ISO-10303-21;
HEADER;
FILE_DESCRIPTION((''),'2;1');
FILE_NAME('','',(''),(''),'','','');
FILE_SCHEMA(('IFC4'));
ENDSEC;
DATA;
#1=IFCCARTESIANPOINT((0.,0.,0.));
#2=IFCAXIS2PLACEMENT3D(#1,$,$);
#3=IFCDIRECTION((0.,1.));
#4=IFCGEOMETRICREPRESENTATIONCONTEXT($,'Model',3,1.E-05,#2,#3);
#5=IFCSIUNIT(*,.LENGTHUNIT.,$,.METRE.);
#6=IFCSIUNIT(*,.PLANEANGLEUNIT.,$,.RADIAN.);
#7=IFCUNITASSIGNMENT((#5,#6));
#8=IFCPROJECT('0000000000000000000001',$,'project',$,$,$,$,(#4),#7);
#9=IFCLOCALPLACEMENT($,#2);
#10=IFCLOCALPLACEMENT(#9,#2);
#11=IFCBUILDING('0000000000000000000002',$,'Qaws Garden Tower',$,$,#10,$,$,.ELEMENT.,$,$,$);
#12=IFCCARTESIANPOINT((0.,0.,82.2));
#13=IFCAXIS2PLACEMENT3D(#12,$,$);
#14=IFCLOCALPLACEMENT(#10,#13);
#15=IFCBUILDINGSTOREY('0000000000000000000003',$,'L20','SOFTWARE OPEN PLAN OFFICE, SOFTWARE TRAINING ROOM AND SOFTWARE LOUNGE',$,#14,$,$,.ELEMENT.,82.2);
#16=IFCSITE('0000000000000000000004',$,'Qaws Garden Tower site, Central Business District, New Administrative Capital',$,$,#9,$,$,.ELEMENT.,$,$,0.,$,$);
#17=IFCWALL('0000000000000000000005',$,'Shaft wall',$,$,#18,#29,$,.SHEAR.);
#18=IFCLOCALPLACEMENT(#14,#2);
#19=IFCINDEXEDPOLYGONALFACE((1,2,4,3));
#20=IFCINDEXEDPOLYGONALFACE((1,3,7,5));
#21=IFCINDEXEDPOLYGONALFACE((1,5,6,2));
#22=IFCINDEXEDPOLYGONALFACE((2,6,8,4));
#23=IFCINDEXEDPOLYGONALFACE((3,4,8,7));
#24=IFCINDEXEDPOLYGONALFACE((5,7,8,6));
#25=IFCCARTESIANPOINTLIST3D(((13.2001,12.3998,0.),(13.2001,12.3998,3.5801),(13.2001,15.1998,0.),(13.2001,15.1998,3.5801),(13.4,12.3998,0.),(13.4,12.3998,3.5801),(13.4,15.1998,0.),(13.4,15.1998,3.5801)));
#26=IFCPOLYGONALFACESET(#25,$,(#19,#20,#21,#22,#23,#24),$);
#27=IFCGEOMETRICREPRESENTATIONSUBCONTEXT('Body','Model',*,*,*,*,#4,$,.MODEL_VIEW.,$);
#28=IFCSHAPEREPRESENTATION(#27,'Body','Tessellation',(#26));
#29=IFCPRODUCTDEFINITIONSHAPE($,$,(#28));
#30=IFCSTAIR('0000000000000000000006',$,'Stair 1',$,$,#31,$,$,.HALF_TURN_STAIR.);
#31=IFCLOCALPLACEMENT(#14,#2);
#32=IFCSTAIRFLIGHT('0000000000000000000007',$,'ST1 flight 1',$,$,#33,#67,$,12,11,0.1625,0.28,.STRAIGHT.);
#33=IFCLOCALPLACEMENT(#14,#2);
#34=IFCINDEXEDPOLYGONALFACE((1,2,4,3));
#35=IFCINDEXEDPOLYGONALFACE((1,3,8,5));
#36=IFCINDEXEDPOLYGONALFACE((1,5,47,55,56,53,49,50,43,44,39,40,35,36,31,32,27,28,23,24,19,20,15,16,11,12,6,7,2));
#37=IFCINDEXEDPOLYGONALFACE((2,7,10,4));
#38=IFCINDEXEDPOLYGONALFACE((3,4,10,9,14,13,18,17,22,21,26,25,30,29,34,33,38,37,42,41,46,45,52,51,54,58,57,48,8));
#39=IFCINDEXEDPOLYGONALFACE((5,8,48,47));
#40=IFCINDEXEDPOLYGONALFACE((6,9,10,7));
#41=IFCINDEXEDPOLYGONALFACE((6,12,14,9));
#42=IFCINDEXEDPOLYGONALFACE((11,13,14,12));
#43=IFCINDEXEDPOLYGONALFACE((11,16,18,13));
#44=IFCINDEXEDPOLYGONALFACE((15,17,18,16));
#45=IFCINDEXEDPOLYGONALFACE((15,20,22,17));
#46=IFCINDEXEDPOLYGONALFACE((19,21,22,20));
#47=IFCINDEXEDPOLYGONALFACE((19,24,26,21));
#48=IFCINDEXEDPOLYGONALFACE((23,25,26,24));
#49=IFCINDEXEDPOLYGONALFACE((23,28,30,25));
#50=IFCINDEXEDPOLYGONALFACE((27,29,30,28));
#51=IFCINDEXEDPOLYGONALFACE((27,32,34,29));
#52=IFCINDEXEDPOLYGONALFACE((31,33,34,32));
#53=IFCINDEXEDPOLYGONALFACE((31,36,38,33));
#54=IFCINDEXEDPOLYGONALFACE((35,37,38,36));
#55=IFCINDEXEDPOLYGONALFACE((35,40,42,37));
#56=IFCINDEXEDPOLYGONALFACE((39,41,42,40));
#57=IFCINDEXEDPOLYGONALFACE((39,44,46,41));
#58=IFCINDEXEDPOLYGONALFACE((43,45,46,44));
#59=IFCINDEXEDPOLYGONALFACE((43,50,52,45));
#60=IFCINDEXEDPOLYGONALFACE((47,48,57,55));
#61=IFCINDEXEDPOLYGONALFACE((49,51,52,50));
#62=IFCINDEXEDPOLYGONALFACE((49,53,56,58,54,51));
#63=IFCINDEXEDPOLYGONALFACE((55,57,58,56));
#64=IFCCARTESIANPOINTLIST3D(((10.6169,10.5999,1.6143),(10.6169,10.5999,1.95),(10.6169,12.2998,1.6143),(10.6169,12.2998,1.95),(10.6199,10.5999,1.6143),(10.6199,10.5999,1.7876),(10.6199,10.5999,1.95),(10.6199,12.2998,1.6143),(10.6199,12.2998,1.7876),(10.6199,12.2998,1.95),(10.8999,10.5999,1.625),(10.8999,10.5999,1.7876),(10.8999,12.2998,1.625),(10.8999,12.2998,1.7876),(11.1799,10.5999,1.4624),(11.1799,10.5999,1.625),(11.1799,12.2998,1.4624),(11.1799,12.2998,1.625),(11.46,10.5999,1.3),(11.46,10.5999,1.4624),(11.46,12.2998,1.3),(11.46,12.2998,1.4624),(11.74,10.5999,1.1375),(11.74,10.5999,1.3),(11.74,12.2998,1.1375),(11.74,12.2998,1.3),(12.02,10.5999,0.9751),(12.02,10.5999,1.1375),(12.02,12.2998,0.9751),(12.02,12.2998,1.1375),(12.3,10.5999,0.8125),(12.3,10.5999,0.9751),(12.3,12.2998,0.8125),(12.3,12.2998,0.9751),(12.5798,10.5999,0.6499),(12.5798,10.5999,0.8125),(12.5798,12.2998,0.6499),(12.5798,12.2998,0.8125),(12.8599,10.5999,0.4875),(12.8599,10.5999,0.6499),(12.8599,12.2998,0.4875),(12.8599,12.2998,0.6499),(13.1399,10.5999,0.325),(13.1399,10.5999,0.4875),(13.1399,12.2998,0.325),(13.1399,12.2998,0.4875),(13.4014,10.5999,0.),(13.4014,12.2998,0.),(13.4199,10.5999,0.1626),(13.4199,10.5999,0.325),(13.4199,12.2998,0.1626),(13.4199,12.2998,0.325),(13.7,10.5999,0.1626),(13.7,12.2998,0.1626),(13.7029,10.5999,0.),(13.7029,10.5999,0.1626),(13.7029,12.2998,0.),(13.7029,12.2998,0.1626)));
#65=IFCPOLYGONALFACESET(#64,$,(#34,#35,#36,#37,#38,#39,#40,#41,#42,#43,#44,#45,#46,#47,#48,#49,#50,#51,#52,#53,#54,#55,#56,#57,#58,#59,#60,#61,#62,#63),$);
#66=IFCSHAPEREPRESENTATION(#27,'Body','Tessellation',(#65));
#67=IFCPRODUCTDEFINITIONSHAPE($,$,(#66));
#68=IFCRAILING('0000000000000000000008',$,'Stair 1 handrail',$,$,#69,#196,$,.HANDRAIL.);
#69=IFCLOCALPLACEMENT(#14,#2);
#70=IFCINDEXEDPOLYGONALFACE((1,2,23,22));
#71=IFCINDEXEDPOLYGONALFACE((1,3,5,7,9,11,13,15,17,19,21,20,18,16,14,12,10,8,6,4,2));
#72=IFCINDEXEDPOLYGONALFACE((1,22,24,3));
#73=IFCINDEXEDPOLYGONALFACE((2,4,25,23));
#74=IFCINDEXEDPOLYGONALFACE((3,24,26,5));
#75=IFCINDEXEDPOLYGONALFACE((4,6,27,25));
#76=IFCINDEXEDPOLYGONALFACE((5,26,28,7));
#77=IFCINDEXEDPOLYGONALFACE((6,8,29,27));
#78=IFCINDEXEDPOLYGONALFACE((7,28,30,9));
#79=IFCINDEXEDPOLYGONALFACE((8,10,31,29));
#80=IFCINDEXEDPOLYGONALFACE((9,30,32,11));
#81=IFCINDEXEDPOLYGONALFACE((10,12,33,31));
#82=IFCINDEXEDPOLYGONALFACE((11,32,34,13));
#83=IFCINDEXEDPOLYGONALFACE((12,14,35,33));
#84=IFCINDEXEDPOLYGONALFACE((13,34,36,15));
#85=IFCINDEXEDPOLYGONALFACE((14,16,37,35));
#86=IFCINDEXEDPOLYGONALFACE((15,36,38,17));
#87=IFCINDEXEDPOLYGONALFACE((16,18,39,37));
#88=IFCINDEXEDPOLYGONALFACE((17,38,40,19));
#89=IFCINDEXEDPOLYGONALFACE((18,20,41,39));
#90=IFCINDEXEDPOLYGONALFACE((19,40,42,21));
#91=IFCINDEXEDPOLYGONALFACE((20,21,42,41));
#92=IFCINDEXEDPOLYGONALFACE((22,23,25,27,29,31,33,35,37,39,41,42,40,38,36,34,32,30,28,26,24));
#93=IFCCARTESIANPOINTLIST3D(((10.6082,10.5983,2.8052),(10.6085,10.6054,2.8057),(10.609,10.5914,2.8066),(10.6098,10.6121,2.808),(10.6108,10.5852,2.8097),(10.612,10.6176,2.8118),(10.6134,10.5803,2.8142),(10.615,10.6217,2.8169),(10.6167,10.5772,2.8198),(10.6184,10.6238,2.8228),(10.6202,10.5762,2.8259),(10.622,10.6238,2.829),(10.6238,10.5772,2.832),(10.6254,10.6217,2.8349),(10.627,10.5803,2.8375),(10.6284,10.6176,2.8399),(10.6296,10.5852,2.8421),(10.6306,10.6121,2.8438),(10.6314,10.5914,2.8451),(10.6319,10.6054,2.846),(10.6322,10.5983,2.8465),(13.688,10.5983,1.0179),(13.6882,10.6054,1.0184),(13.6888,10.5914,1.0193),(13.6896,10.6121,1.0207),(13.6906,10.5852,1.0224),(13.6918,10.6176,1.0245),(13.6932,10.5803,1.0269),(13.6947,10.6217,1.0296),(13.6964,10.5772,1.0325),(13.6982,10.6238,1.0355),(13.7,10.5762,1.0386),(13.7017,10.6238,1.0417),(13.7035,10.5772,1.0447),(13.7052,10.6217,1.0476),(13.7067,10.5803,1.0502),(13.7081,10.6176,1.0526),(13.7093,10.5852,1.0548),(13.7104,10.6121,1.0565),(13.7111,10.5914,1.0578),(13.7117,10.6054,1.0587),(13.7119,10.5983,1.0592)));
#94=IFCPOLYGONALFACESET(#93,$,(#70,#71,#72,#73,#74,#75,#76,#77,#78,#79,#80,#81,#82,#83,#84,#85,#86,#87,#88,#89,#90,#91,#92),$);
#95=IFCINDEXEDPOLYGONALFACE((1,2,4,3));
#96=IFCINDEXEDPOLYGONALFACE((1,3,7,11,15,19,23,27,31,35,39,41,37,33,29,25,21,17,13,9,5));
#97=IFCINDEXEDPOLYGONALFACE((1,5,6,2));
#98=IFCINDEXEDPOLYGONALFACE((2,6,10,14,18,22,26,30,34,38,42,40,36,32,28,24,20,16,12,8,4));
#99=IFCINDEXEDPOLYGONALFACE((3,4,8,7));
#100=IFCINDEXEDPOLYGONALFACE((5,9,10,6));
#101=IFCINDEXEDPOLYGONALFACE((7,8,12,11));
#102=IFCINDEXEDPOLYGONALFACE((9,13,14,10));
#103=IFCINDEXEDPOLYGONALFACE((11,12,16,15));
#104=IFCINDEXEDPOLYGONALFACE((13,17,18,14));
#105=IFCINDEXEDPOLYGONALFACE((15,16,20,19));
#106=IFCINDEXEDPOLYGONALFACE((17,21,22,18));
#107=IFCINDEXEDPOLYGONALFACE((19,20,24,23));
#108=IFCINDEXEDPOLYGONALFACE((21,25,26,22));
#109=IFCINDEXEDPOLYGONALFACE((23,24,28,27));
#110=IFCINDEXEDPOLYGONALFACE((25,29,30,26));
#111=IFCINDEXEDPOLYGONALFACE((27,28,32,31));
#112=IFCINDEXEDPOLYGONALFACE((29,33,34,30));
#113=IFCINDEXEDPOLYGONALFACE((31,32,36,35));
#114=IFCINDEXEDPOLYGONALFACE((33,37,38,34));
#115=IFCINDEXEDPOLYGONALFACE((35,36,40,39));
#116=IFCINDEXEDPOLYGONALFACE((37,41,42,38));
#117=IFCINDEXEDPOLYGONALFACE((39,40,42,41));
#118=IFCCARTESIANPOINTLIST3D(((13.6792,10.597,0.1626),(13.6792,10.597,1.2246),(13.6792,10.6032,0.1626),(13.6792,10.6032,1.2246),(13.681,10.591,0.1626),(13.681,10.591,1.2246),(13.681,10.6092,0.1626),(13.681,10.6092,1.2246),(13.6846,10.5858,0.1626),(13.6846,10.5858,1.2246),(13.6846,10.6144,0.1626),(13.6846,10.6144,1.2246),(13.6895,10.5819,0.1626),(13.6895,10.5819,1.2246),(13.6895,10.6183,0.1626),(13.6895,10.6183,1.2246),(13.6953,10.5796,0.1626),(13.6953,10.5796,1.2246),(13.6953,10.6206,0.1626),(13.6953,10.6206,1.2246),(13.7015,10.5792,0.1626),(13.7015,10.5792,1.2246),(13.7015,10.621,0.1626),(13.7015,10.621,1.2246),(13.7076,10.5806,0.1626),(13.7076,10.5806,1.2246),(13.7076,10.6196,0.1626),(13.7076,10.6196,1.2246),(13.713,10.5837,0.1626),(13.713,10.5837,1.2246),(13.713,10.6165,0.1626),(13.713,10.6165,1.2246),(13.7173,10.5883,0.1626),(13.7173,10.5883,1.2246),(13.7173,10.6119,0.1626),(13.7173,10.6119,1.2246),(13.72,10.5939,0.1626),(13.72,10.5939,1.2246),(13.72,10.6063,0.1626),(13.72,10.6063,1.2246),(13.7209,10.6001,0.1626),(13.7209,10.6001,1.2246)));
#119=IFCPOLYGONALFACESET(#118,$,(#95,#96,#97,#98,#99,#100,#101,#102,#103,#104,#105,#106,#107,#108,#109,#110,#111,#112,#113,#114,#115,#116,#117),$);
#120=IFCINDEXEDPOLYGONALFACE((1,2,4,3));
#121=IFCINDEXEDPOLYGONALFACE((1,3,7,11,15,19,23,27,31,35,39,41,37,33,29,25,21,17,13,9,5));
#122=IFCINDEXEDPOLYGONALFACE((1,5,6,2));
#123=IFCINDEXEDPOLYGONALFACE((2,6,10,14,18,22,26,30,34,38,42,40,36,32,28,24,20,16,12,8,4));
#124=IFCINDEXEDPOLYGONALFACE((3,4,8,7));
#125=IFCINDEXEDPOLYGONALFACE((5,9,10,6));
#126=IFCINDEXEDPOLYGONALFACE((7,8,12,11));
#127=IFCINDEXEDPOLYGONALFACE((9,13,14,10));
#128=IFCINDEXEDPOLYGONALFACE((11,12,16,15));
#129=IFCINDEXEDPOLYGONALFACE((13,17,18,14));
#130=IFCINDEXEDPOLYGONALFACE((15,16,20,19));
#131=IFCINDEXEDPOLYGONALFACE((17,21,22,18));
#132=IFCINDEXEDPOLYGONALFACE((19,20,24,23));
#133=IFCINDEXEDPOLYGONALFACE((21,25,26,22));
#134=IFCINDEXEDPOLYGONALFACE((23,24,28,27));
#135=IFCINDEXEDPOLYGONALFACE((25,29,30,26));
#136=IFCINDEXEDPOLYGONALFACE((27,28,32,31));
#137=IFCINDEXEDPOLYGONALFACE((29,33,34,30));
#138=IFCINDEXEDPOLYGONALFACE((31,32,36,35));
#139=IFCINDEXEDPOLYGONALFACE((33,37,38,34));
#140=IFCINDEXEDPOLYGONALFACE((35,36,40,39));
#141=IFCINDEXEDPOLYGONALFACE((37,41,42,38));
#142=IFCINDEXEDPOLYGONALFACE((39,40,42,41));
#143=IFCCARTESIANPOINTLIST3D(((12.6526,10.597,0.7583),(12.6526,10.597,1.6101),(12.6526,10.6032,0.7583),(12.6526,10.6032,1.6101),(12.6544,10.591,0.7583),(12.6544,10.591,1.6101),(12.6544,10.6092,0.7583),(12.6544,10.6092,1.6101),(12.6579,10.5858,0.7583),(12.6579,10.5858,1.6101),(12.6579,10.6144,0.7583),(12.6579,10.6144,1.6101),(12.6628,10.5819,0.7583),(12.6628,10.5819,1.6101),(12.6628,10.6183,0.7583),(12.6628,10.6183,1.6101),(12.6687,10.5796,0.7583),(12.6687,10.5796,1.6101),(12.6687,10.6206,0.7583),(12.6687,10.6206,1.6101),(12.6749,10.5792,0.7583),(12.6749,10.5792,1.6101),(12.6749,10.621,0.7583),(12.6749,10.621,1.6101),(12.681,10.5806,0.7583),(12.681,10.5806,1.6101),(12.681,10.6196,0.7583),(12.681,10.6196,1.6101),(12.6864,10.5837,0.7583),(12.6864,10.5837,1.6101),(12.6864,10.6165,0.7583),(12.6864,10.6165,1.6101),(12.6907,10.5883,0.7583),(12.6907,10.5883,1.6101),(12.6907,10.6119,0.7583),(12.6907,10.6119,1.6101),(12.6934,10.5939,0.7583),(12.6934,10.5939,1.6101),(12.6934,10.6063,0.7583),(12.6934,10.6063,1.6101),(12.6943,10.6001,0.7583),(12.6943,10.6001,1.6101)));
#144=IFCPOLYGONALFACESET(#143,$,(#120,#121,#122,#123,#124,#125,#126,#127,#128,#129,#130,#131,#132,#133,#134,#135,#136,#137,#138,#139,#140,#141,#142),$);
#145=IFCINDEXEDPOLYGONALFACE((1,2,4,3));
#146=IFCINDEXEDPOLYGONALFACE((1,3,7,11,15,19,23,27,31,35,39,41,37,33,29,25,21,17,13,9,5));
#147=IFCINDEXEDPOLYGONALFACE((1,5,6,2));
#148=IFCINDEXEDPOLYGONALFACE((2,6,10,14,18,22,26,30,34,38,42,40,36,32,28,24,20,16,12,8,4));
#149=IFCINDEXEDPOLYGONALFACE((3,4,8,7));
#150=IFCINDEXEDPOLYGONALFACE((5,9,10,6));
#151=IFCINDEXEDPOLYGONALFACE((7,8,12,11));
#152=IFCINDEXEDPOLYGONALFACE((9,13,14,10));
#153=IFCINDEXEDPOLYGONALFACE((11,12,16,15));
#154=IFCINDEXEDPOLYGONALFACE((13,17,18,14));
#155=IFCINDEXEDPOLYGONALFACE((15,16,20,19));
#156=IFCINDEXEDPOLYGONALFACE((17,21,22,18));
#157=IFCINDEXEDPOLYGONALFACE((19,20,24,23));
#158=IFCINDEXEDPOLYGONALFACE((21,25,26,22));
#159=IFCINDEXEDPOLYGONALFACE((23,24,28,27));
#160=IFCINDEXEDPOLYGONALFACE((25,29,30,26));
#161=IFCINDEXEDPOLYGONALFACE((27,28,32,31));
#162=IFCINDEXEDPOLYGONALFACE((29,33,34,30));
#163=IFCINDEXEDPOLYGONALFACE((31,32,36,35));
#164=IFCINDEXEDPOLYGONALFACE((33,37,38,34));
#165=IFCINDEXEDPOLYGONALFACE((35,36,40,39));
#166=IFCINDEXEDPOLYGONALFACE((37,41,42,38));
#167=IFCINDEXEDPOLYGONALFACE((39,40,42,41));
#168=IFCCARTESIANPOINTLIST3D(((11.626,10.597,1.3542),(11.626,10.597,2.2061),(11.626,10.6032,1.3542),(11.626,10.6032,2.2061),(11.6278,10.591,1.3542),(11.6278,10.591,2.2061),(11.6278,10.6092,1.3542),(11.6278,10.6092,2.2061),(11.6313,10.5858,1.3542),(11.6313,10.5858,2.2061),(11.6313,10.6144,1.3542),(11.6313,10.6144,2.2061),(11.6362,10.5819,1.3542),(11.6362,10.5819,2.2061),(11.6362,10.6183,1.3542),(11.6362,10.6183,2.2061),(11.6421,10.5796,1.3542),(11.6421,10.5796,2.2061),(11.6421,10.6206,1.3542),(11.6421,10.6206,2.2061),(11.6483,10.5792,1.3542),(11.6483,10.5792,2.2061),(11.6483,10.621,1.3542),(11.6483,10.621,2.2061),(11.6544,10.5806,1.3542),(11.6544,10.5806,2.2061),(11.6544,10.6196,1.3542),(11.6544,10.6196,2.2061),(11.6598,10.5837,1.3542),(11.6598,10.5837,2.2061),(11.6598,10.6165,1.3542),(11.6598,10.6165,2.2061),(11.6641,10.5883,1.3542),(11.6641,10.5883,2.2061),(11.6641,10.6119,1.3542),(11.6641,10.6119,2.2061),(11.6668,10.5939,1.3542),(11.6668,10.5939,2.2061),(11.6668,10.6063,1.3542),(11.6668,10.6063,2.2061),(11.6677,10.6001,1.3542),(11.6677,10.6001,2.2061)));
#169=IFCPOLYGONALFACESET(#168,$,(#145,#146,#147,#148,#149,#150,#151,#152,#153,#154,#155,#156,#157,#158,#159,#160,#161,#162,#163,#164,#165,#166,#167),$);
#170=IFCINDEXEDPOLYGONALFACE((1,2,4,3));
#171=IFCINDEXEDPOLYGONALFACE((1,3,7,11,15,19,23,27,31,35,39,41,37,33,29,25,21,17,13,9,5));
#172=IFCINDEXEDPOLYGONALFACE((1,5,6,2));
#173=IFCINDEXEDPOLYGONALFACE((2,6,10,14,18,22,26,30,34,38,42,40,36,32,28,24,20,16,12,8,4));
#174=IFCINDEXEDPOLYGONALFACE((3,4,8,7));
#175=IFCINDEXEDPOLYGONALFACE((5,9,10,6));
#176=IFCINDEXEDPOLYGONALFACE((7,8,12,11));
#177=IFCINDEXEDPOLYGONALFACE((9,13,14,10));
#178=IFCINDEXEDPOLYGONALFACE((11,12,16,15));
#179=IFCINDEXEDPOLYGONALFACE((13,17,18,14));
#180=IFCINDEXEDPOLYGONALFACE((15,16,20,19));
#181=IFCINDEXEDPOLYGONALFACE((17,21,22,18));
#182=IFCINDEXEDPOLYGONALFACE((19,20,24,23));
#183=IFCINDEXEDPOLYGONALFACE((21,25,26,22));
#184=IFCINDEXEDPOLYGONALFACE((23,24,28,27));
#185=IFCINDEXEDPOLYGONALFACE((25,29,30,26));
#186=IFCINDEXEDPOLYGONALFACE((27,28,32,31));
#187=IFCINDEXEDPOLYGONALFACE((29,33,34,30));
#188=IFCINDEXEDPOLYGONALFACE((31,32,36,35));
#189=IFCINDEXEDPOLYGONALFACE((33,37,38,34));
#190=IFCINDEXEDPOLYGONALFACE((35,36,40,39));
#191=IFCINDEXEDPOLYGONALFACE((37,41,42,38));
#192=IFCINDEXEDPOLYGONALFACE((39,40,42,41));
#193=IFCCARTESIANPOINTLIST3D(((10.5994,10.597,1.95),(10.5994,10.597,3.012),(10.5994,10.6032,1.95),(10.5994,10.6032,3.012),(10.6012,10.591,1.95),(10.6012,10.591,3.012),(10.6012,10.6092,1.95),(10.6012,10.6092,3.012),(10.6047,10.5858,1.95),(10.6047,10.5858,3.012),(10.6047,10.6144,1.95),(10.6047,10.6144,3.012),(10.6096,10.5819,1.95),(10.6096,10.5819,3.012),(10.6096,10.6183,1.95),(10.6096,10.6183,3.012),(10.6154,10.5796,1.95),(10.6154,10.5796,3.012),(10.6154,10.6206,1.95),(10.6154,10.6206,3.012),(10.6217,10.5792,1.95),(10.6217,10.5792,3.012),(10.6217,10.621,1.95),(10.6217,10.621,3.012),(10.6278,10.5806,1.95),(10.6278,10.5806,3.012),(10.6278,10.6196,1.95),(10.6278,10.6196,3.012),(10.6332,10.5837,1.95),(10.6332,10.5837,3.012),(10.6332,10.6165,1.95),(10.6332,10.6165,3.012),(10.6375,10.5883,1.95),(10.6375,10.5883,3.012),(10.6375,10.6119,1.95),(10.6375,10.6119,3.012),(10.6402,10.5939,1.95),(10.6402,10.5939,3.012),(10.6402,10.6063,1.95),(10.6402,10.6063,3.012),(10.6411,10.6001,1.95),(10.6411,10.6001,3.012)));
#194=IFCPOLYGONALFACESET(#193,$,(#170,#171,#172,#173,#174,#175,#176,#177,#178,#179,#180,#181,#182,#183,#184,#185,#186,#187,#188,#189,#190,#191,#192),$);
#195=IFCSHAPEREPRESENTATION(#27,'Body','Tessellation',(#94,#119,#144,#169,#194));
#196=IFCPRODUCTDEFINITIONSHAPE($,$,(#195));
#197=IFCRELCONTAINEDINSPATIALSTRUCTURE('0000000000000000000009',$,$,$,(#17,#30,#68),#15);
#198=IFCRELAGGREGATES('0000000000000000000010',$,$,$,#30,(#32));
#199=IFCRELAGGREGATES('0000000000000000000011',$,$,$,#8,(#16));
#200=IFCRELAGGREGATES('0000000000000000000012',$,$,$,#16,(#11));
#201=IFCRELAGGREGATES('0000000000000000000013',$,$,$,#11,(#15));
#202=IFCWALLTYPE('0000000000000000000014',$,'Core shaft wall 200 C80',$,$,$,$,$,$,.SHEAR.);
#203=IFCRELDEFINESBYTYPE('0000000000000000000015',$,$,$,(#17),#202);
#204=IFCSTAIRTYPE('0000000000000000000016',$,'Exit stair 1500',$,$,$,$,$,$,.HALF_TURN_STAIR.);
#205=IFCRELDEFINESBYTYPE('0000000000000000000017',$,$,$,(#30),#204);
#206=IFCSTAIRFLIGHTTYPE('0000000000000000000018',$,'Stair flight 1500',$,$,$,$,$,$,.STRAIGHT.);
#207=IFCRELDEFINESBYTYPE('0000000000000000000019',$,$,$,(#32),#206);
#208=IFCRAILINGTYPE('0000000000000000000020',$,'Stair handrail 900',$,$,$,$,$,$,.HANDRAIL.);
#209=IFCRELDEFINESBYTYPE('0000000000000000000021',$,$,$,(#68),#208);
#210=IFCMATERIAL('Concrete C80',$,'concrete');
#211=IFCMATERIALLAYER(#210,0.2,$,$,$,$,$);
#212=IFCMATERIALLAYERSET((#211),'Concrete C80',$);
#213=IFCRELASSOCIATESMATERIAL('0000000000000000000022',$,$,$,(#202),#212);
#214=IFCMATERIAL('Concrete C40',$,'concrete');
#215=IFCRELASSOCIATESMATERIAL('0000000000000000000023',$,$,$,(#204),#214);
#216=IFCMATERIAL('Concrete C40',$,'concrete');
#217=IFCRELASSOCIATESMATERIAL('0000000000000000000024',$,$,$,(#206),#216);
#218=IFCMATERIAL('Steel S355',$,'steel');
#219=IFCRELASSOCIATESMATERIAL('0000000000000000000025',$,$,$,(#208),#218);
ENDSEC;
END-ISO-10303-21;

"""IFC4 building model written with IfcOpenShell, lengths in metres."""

from ifc_helpers import new_model, si_unit, direction, frame, frame_2d, origin, origin_2d, place, context, subcontext, project, spatial, polyline, rectangle, circle, outline, extrude, material, layer, layer_set, type_object, element, aggregate, save


model = new_model("IFC4")

# Units and contexts
model_context = context("Model", 3, precision=1e-05, world=origin(), true_north=direction((0.0, 1.0)))
body_context = subcontext(model_context, "Body", "Model", "MODEL_VIEW")
ifc_project = project(units=[si_unit("LENGTHUNIT", "METRE"), si_unit("PLANEANGLEUNIT", "RADIAN")], contexts=[model_context])

# Site, building, storey
site_placement = place(None, origin())
site = spatial("IfcSite", under=ifc_project, at=site_placement, Name="Qaws Garden Tower site, Central Business District, New Administrative Capital", CompositionType="ELEMENT", RefElevation=0.0)
building_placement = place(site_placement, origin())
building = spatial("IfcBuilding", under=site, at=building_placement, Name="Qaws Garden Tower", CompositionType="ELEMENT")
storey_placement = place(building_placement, frame((0.0, 0.0, 82.2)))
storey = spatial("IfcBuildingStorey", under=building, at=storey_placement, Name="L20", Description="SOFTWARE OPEN PLAN OFFICE, SOFTWARE TRAINING ROOM AND SOFTWARE LOUNGE", CompositionType="ELEMENT", Elevation=82.2)

# Shared definitions
ifc_material_1 = material(Name="Concrete C80", Category="concrete")
ifc_layer_1 = layer(ifc_material_1, 0.2)
ifc_layer_set_1 = layer_set([ifc_layer_1], Name="Concrete C80")
wall_type_1 = type_object("IfcWallType", Name="Core shaft wall 200 C80", PredefinedType="SHEAR", material=ifc_layer_set_1)

# Wall
wall_1_placement = place(storey_placement, frame((13.3, 12.3999, 0.0), z_axis=(0.0, 0.0, 1.0), x_axis=(0.0, 1.0, 0.0)))
element("IfcWall", 1, at=wall_1_placement, inside=storey, type_object=wall_type_1, Name="Shaft wall", PredefinedType="SHEAR", context=body_context, shape_type="SweptSolid", body=[
    extrude(rectangle(XDim=2.8, YDim=0.2, at=frame_2d((1.3999, 0.0))), origin(), (0.0, 0.0, 1.0), 3.5801),
])

# Stair, stair flight
ifc_material_2 = material(Name="Concrete C40", Category="concrete")
stair_type = type_object("IfcStairType", Name="Exit stair 1500", PredefinedType="HALF_TURN_STAIR", material=ifc_material_2)
stair_placement = place(storey_placement, origin())
stair = element("IfcStair", 2, at=stair_placement, inside=storey, type_object=stair_type, Name="Stair 1", PredefinedType="HALF_TURN_STAIR")
ifc_material_3 = material(Name="Concrete C40", Category="concrete")
stair_flight_type = type_object("IfcStairFlightType", Name="Stair flight 1500", PredefinedType="STRAIGHT", material=ifc_material_3)
stair_flight_placement = place(storey_placement, frame((13.7, 11.45, 0.0), z_axis=(0.0, 0.0, 1.0), x_axis=(-1.0, 0.0, 0.0)))
stair_flight = element("IfcStairFlight", 3, at=stair_flight_placement, type_object=stair_flight_type, Name="ST1 flight 1", NumberOfRisers=12, NumberOfTreads=11, PredefinedType="STRAIGHT", RiserHeight=0.1625, TreadLength=0.28, context=body_context, shape_type="SweptSolid", body=[
    extrude(outline(polyline([(-0.0029, 0.0), (-0.0029, 0.1626), (0.0, 0.1626), (0.28, 0.1626), (0.28, 0.325), (0.5601, 0.325), (0.5601, 0.4875), (0.8401, 0.4875), (0.8401, 0.6499), (1.1201, 0.6499), (1.1201, 0.8125), (1.3999, 0.8125), (1.3999, 0.9751), (1.6799, 0.9751), (1.6799, 1.1375), (1.96, 1.1375), (1.96, 1.3), (2.24, 1.3), (2.24, 1.4624), (2.52, 1.4624), (2.52, 1.625), (2.8, 1.625), (2.8, 1.7876), (3.0801, 1.7876), (3.0801, 1.95), (3.083, 1.95), (3.083, 1.6143), (3.0801, 1.6143), (0.2986, 0.0), (-0.0029, 0.0)])), frame((0.0, 0.8501, 0.0), z_axis=(0.0, -1.0, 0.0), x_axis=(1.0, 0.0, 0.0)), (0.0, 0.0, 1.0), 1.7),
])
aggregate(stair, [stair_flight])

# Railing
ifc_material_4 = material(Name="Steel S355", Category="steel")
railing_type = type_object("IfcRailingType", Name="Stair handrail 900", PredefinedType="HANDRAIL", material=ifc_material_4)
railing_placement = place(storey_placement, frame((13.7, 10.6001, 0.1626)))
element("IfcRailing", 4, at=railing_placement, inside=storey, type_object=railing_type, Name="Stair 1 handrail", PredefinedType="HANDRAIL", context=body_context, shape_type="SweptSolid", body=[
    extrude(circle(Radius=0.0239, at=origin_2d()), frame((0.0, 0.0, 0.876), z_axis=(-0.864903, 0.0, 0.501939), x_axis=(0.0, -1.0, 0.0)), (0.0, 0.0, 1.0), 3.5608),
    extrude(circle(Radius=0.021, at=origin_2d()), origin(), (0.0, 0.0, 1.0), 1.062),
    extrude(circle(Radius=0.021, at=origin_2d()), frame((-1.0266, 0.0, 0.5957)), (0.0, 0.0, 1.0), 0.8518),
    extrude(circle(Radius=0.021, at=origin_2d()), frame((-2.0532, 0.0, 1.1917)), (0.0, 0.0, 1.0), 0.8518),
    extrude(circle(Radius=0.021, at=origin_2d()), frame((-3.0798, 0.0, 1.7874)), (0.0, 0.0, 1.0), 1.062),
])

save(model, "model.ifc")
